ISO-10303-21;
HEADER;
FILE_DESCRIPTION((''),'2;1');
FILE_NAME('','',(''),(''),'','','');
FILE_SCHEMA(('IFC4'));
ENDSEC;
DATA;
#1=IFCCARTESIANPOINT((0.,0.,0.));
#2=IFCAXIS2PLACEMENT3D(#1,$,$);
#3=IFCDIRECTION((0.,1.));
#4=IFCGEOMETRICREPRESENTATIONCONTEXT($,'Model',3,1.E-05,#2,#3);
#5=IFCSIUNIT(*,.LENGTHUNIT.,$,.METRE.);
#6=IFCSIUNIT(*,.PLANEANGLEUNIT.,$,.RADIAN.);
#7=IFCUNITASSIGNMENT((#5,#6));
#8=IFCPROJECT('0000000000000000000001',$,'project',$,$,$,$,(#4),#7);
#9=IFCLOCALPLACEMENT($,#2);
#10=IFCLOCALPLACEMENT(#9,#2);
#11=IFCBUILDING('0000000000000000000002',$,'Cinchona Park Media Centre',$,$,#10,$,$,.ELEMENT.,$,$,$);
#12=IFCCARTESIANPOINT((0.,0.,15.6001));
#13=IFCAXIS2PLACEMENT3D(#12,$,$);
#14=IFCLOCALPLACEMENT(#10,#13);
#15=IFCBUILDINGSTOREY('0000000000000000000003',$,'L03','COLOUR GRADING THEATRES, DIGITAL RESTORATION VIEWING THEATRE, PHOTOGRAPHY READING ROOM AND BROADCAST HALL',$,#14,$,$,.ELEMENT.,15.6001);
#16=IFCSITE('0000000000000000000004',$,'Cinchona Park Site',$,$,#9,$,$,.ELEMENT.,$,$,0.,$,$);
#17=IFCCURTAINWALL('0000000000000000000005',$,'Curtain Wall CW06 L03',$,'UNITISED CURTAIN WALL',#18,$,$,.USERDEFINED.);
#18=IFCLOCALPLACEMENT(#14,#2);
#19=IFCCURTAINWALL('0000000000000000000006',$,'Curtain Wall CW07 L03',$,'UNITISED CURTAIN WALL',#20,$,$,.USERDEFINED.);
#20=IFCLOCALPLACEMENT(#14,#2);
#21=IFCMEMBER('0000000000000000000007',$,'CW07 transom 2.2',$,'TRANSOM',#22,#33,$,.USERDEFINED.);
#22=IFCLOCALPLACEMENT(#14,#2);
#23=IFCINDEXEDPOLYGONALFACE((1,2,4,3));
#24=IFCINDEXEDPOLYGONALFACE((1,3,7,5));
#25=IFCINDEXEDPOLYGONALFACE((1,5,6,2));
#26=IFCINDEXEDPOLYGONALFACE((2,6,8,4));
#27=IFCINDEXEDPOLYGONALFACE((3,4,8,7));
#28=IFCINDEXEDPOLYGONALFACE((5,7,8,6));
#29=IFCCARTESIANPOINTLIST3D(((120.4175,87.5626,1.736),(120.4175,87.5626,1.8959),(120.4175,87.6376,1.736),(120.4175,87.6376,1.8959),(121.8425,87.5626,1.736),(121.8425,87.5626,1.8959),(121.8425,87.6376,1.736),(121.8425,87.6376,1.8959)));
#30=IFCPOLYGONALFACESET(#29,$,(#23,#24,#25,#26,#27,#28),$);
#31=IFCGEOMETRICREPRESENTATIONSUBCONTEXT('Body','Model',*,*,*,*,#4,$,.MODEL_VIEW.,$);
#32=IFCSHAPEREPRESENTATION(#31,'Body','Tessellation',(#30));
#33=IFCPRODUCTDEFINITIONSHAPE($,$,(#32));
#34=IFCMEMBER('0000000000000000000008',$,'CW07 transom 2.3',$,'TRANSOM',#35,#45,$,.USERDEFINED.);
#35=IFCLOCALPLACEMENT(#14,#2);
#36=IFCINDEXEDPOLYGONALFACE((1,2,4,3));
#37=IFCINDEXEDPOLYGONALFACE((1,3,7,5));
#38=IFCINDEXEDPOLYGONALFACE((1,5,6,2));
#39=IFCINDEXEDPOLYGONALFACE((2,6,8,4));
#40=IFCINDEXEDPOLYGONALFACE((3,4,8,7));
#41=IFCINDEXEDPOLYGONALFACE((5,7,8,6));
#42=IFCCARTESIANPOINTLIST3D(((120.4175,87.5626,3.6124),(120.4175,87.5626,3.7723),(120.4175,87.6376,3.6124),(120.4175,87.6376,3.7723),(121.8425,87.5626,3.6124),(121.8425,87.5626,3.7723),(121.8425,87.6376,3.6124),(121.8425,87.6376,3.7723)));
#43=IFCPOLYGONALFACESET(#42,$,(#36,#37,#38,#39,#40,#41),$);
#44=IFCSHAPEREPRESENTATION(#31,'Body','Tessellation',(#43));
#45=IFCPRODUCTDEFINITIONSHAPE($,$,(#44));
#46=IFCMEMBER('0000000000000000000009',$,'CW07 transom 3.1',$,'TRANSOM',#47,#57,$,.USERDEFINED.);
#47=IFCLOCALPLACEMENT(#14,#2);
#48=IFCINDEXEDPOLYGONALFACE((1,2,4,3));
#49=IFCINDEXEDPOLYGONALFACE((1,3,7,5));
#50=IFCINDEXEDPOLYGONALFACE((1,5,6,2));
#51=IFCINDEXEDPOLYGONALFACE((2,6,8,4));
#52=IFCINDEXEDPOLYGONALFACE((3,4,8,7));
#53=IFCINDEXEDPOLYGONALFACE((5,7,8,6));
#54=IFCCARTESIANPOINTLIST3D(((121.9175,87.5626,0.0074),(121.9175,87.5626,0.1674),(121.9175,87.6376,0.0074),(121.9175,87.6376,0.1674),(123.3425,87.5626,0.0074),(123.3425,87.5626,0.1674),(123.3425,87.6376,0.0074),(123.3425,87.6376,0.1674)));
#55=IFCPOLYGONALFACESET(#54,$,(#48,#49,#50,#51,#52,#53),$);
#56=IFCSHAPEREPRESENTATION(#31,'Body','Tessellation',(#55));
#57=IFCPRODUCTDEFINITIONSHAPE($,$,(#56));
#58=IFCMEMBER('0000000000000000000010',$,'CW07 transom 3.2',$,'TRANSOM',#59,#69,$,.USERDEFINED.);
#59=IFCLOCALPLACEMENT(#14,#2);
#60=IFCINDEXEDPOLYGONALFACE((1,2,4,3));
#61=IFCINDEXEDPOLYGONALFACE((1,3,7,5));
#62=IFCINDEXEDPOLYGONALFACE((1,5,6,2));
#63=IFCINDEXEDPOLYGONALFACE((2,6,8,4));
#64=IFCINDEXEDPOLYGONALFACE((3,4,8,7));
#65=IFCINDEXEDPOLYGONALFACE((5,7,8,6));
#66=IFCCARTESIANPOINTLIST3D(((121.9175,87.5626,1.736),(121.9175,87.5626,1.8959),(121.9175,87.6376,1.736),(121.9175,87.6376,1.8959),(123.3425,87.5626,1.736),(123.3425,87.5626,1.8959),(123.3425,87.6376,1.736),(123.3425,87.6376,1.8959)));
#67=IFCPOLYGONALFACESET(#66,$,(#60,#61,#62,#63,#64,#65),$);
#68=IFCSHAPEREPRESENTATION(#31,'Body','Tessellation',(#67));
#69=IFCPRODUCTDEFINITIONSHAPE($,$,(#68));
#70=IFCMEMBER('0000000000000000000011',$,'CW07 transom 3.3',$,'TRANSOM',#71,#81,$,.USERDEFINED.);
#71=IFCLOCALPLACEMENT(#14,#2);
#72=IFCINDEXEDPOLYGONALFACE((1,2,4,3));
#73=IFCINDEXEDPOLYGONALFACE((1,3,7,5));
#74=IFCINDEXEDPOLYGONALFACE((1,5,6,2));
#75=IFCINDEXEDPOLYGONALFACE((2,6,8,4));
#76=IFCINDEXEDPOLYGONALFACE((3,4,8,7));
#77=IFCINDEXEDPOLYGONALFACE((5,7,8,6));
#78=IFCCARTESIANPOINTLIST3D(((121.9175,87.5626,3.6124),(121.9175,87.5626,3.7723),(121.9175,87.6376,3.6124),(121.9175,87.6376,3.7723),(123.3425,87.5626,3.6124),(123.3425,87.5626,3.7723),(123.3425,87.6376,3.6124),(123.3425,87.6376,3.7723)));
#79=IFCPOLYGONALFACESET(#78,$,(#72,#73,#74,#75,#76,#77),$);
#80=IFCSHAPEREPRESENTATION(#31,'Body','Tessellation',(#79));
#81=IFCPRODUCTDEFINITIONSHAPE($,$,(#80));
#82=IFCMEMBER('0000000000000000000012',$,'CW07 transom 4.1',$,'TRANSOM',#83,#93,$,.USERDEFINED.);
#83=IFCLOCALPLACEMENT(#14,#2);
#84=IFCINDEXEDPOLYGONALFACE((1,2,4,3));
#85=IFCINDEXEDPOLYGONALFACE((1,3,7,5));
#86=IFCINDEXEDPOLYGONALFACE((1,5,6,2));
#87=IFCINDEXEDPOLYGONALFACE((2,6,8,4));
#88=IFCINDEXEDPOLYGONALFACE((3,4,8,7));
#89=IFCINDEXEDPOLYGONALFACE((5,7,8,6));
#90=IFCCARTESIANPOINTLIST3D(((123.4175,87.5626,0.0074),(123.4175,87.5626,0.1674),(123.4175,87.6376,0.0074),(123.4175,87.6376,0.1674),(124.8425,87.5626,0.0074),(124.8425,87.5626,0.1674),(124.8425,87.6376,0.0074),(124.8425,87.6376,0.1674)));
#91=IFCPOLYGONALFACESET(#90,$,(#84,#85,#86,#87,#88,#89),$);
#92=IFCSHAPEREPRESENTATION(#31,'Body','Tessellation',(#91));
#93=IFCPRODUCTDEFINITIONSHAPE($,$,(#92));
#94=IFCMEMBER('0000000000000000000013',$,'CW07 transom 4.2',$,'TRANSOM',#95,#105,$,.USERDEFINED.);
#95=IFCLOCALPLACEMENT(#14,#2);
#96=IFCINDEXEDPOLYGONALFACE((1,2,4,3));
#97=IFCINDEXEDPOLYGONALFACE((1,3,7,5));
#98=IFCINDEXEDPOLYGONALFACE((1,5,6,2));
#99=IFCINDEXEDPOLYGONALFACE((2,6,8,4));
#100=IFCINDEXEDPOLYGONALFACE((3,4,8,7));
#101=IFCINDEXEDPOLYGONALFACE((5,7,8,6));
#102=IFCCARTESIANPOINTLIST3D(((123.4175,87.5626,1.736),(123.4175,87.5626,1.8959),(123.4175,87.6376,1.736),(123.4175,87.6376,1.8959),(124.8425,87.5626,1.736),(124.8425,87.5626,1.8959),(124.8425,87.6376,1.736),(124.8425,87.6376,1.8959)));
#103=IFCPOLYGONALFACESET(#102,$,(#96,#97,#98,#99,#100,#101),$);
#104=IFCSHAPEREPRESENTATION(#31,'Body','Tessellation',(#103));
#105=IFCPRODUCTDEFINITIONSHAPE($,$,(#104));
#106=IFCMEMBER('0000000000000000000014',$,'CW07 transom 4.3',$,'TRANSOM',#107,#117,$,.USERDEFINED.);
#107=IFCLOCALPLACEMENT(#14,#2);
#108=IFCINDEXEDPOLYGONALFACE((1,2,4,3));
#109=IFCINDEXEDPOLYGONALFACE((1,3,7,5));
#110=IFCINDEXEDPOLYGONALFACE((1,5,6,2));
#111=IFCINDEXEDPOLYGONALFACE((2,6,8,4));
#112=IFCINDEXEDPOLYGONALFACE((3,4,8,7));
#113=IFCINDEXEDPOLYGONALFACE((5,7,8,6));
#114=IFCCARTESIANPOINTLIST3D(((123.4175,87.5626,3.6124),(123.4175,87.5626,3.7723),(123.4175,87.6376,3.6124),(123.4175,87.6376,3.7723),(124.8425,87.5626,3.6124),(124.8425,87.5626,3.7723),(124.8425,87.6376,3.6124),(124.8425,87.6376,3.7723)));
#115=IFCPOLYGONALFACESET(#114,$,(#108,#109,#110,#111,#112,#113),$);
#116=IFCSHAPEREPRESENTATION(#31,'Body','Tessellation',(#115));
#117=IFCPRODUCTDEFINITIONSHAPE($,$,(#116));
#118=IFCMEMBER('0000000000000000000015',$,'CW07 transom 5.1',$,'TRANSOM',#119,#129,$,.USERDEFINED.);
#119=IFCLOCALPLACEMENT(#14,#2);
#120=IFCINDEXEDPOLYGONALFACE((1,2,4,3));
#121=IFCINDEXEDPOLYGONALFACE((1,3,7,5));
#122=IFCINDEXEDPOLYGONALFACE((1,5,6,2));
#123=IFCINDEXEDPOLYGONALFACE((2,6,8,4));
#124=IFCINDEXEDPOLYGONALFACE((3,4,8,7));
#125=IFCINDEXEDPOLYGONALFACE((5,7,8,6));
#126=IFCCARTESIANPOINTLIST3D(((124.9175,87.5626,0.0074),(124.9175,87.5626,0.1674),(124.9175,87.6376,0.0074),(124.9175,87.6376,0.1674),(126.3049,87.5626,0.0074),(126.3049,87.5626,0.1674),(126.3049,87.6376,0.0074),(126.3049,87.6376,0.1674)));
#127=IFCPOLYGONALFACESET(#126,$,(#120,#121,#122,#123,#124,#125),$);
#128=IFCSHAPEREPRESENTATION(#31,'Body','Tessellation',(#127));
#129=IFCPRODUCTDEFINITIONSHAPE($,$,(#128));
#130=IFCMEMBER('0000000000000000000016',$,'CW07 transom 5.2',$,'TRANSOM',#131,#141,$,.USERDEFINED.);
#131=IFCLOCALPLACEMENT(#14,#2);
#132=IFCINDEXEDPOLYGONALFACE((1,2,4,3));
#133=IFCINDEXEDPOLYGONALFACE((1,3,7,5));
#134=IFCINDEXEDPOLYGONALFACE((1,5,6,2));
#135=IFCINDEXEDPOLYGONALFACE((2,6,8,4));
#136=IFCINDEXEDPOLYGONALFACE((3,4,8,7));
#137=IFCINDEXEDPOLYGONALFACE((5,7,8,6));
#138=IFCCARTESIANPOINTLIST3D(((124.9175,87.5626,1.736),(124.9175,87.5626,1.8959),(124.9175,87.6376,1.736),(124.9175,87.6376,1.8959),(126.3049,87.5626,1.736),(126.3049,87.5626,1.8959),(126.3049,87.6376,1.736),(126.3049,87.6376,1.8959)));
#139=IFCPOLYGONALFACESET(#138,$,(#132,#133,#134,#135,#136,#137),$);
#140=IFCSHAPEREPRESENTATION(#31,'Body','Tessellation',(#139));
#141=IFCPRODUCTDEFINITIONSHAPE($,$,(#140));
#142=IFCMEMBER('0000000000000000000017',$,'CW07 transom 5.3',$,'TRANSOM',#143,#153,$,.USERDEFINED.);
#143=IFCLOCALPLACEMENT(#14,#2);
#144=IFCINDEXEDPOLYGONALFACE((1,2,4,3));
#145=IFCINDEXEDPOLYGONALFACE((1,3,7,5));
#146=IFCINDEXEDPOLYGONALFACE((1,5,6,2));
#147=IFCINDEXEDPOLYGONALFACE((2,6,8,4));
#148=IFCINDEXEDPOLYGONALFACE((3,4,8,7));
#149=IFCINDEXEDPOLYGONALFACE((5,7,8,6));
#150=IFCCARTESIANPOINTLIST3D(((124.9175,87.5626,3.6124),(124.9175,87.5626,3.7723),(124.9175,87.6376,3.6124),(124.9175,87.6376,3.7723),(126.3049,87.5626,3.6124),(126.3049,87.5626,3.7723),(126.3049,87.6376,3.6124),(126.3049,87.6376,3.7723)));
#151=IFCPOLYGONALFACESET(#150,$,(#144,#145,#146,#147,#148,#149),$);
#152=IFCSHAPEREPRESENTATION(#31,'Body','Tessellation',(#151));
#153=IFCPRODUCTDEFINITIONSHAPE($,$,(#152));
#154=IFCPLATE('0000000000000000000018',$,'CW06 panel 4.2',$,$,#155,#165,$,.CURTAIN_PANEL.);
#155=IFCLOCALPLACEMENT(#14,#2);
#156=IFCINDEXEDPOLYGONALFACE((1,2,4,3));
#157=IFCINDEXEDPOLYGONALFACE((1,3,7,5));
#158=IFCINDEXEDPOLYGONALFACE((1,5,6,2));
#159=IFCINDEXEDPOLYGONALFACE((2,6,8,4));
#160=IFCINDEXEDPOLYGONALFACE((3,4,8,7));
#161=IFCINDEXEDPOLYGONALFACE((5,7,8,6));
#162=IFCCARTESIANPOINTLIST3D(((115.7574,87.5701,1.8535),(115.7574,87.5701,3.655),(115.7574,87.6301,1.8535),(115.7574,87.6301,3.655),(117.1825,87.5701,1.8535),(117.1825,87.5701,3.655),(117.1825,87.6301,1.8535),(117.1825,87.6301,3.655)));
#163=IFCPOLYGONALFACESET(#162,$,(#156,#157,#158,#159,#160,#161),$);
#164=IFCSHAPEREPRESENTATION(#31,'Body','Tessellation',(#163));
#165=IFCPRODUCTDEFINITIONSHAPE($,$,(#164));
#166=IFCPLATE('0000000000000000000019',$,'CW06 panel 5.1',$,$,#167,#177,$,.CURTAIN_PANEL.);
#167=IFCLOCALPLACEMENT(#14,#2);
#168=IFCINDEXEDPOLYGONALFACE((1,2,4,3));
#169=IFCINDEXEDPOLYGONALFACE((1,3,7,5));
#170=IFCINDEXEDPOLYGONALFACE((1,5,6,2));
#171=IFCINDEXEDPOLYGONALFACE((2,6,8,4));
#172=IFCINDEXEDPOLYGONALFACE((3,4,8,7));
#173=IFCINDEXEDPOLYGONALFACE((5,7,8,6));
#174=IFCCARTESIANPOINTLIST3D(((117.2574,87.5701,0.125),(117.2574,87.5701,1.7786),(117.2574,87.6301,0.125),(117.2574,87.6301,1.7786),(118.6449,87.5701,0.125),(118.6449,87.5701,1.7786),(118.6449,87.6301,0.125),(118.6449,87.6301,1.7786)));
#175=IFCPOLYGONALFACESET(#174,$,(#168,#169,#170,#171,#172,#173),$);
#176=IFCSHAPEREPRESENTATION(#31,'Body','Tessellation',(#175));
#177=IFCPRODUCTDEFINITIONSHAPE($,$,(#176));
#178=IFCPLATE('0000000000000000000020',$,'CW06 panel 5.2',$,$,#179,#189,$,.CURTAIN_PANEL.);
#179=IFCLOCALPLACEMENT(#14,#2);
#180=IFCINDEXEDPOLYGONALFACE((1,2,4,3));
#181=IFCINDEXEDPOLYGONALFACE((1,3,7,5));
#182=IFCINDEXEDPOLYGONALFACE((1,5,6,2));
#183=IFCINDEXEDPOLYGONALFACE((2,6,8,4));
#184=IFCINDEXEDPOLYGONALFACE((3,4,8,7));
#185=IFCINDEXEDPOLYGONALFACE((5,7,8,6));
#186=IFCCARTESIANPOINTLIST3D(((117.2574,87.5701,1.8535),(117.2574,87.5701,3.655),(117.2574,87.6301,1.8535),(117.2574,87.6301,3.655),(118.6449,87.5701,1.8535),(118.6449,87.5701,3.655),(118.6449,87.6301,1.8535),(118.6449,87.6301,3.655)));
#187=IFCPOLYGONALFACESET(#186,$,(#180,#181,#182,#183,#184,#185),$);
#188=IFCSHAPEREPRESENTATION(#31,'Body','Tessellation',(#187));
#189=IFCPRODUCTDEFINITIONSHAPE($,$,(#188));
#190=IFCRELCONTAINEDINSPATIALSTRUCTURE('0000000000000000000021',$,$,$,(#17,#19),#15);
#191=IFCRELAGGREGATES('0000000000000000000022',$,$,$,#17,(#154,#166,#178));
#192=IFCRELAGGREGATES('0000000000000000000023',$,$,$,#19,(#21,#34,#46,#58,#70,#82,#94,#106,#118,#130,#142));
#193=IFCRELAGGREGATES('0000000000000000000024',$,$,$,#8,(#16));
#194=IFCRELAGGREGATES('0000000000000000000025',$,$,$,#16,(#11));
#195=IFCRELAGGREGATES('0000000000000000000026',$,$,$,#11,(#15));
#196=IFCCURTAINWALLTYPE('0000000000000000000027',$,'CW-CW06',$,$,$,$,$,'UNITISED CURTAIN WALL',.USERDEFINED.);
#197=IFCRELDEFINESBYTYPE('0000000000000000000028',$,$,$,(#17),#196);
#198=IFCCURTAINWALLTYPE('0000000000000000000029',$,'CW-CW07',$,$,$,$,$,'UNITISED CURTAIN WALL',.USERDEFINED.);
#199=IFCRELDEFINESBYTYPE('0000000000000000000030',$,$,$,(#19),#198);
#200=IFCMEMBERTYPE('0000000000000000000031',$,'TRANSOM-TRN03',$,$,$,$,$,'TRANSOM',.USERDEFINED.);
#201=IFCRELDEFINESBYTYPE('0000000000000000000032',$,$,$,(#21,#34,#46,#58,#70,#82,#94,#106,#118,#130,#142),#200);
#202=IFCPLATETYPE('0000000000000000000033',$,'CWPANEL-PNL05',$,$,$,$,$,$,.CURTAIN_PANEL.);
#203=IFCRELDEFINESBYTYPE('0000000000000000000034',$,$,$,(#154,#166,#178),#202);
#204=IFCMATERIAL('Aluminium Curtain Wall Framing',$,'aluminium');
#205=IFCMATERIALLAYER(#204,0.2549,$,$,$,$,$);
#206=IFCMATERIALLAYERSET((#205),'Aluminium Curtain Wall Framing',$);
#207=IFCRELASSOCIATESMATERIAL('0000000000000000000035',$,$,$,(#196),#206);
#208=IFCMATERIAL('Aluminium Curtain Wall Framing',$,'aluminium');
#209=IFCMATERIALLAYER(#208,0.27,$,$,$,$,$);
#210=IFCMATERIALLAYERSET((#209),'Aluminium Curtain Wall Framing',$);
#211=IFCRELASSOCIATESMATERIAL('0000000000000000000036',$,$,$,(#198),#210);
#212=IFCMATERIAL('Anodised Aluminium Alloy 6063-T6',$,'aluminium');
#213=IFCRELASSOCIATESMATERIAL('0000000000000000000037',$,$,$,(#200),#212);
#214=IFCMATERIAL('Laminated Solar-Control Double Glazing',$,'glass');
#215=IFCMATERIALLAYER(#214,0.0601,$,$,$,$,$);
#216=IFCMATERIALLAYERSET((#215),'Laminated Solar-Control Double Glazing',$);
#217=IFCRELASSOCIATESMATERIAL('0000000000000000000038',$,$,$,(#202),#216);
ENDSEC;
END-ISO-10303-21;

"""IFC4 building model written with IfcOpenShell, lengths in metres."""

from ifc_helpers import new_model, si_unit, direction, frame, origin, origin_2d, place, context, subcontext, project, spatial, rectangle, extrude, material, layer, layer_set, material_profile, profile_set, type_object, element, aggregate, save


model = new_model("IFC4")

# Units and contexts
model_context = context("Model", 3, precision=1e-05, world=origin(), true_north=direction((0.0, 1.0)))
body_context = subcontext(model_context, "Body", "Model", "MODEL_VIEW")
ifc_project = project(units=[si_unit("LENGTHUNIT", "METRE"), si_unit("PLANEANGLEUNIT", "RADIAN")], contexts=[model_context])

# Site, building, storey
site_placement = place(None, origin())
site = spatial("IfcSite", under=ifc_project, at=site_placement, Name="Cinchona Park Site", CompositionType="ELEMENT", RefElevation=0.0)
building_placement = place(site_placement, origin())
building = spatial("IfcBuilding", under=site, at=building_placement, Name="Cinchona Park Media Centre", CompositionType="ELEMENT")
storey_placement = place(building_placement, frame((0.0, 0.0, 15.6001)))
storey = spatial("IfcBuildingStorey", under=building, at=storey_placement, Name="L03", Description="COLOUR GRADING THEATRES, DIGITAL RESTORATION VIEWING THEATRE, PHOTOGRAPHY READING ROOM AND BROADCAST HALL", CompositionType="ELEMENT", Elevation=15.6001)

# Curtain walls
ifc_material_1 = material(Name="Aluminium Curtain Wall Framing", Category="aluminium")
ifc_layer_1 = layer(ifc_material_1, 0.2549)
ifc_layer_set_1 = layer_set([ifc_layer_1], Name="Aluminium Curtain Wall Framing")
curtain_wall_type_1 = type_object("IfcCurtainWallType", Name="CW-CW06", ElementType="UNITISED CURTAIN WALL", PredefinedType="USERDEFINED", material=ifc_layer_set_1)
curtain_wall_1_placement = place(storey_placement, origin())
curtain_wall_1 = element("IfcCurtainWall", 1, at=curtain_wall_1_placement, inside=storey, type_object=curtain_wall_type_1, Name="Curtain Wall CW06 L03", ObjectType="UNITISED CURTAIN WALL", PredefinedType="USERDEFINED")
ifc_material_2 = material(Name="Aluminium Curtain Wall Framing", Category="aluminium")
ifc_layer_2 = layer(ifc_material_2, 0.27)
ifc_layer_set_2 = layer_set([ifc_layer_2], Name="Aluminium Curtain Wall Framing")
curtain_wall_type_2 = type_object("IfcCurtainWallType", Name="CW-CW07", ElementType="UNITISED CURTAIN WALL", PredefinedType="USERDEFINED", material=ifc_layer_set_2)
curtain_wall_2_placement = place(storey_placement, origin())
curtain_wall_2 = element("IfcCurtainWall", 2, at=curtain_wall_2_placement, inside=storey, type_object=curtain_wall_type_2, Name="Curtain Wall CW07 L03", ObjectType="UNITISED CURTAIN WALL", PredefinedType="USERDEFINED")

# Members
ifc_material_3 = material(Name="Anodised Aluminium Alloy 6063-T6", Category="aluminium")
ifc_material_profile_1 = material_profile(ifc_material_3, rectangle(XDim=0.075, YDim=0.1599, at=origin_2d()), Name="TRN-75X160")
ifc_profile_set_1 = profile_set([ifc_material_profile_1], Name="Anodised Aluminium Alloy 6063-T6")
member_type_1 = type_object("IfcMemberType", Name="TRANSOM-TRN03", ElementType="TRANSOM", PredefinedType="USERDEFINED", material=ifc_profile_set_1)
member_1_placement = place(storey_placement, frame((120.4175, 87.6001, 1.8159), z_axis=(1.0, 0.0, 0.0), x_axis=(0.0, 1.0, 0.0)))
member_1 = element("IfcMember", 3, at=member_1_placement, type_object=member_type_1, Name="CW07 transom 2.2", ObjectType="TRANSOM", PredefinedType="USERDEFINED", context=body_context, shape_type="SweptSolid", body=[
    extrude(rectangle(XDim=0.075, YDim=0.1599, at=origin_2d()), origin(), (0.0, 0.0, 1.0), 1.425),
])
member_2_placement = place(storey_placement, frame((120.4175, 87.6001, 3.6924), z_axis=(1.0, 0.0, 0.0), x_axis=(0.0, 1.0, 0.0)))
member_2 = element("IfcMember", 4, at=member_2_placement, type_object=member_type_1, Name="CW07 transom 2.3", ObjectType="TRANSOM", PredefinedType="USERDEFINED", context=body_context, shape_type="SweptSolid", body=[
    extrude(rectangle(XDim=0.075, YDim=0.1599, at=origin_2d()), origin(), (0.0, 0.0, 1.0), 1.425),
])
member_3_placement = place(storey_placement, frame((121.9175, 87.6001, 0.0874), z_axis=(1.0, 0.0, 0.0), x_axis=(0.0, 1.0, 0.0)))
member_3 = element("IfcMember", 5, at=member_3_placement, type_object=member_type_1, Name="CW07 transom 3.1", ObjectType="TRANSOM", PredefinedType="USERDEFINED", context=body_context, shape_type="SweptSolid", body=[
    extrude(rectangle(XDim=0.075, YDim=0.1599, at=origin_2d()), origin(), (0.0, 0.0, 1.0), 1.425),
])
member_4_placement = place(storey_placement, frame((121.9175, 87.6001, 1.8159), z_axis=(1.0, 0.0, 0.0), x_axis=(0.0, 1.0, 0.0)))
member_4 = element("IfcMember", 6, at=member_4_placement, type_object=member_type_1, Name="CW07 transom 3.2", ObjectType="TRANSOM", PredefinedType="USERDEFINED", context=body_context, shape_type="SweptSolid", body=[
    extrude(rectangle(XDim=0.075, YDim=0.1599, at=origin_2d()), origin(), (0.0, 0.0, 1.0), 1.425),
])
member_5_placement = place(storey_placement, frame((121.9175, 87.6001, 3.6924), z_axis=(1.0, 0.0, 0.0), x_axis=(0.0, 1.0, 0.0)))
member_5 = element("IfcMember", 7, at=member_5_placement, type_object=member_type_1, Name="CW07 transom 3.3", ObjectType="TRANSOM", PredefinedType="USERDEFINED", context=body_context, shape_type="SweptSolid", body=[
    extrude(rectangle(XDim=0.075, YDim=0.1599, at=origin_2d()), origin(), (0.0, 0.0, 1.0), 1.425),
])
member_6_placement = place(storey_placement, frame((123.4175, 87.6001, 0.0874), z_axis=(1.0, 0.0, 0.0), x_axis=(0.0, 1.0, 0.0)))
member_6 = element("IfcMember", 8, at=member_6_placement, type_object=member_type_1, Name="CW07 transom 4.1", ObjectType="TRANSOM", PredefinedType="USERDEFINED", context=body_context, shape_type="SweptSolid", body=[
    extrude(rectangle(XDim=0.075, YDim=0.1599, at=origin_2d()), origin(), (0.0, 0.0, 1.0), 1.425),
])
member_7_placement = place(storey_placement, frame((123.4175, 87.6001, 1.8159), z_axis=(1.0, 0.0, 0.0), x_axis=(0.0, 1.0, 0.0)))
member_7 = element("IfcMember", 9, at=member_7_placement, type_object=member_type_1, Name="CW07 transom 4.2", ObjectType="TRANSOM", PredefinedType="USERDEFINED", context=body_context, shape_type="SweptSolid", body=[
    extrude(rectangle(XDim=0.075, YDim=0.1599, at=origin_2d()), origin(), (0.0, 0.0, 1.0), 1.425),
])
member_8_placement = place(storey_placement, frame((123.4175, 87.6001, 3.6924), z_axis=(1.0, 0.0, 0.0), x_axis=(0.0, 1.0, 0.0)))
member_8 = element("IfcMember", 10, at=member_8_placement, type_object=member_type_1, Name="CW07 transom 4.3", ObjectType="TRANSOM", PredefinedType="USERDEFINED", context=body_context, shape_type="SweptSolid", body=[
    extrude(rectangle(XDim=0.075, YDim=0.1599, at=origin_2d()), origin(), (0.0, 0.0, 1.0), 1.425),
])
member_9_placement = place(storey_placement, frame((124.9175, 87.6001, 0.0874), z_axis=(1.0, 0.0, 0.0), x_axis=(0.0, 1.0, 0.0)))
member_9 = element("IfcMember", 11, at=member_9_placement, type_object=member_type_1, Name="CW07 transom 5.1", ObjectType="TRANSOM", PredefinedType="USERDEFINED", context=body_context, shape_type="SweptSolid", body=[
    extrude(rectangle(XDim=0.075, YDim=0.1599, at=origin_2d()), origin(), (0.0, 0.0, 1.0), 1.3875),
])
member_10_placement = place(storey_placement, frame((124.9175, 87.6001, 1.8159), z_axis=(1.0, 0.0, 0.0), x_axis=(0.0, 1.0, 0.0)))
member_10 = element("IfcMember", 12, at=member_10_placement, type_object=member_type_1, Name="CW07 transom 5.2", ObjectType="TRANSOM", PredefinedType="USERDEFINED", context=body_context, shape_type="SweptSolid", body=[
    extrude(rectangle(XDim=0.075, YDim=0.1599, at=origin_2d()), origin(), (0.0, 0.0, 1.0), 1.3875),
])
member_11_placement = place(storey_placement, frame((124.9175, 87.6001, 3.6924), z_axis=(1.0, 0.0, 0.0), x_axis=(0.0, 1.0, 0.0)))
member_11 = element("IfcMember", 13, at=member_11_placement, type_object=member_type_1, Name="CW07 transom 5.3", ObjectType="TRANSOM", PredefinedType="USERDEFINED", context=body_context, shape_type="SweptSolid", body=[
    extrude(rectangle(XDim=0.075, YDim=0.1599, at=origin_2d()), origin(), (0.0, 0.0, 1.0), 1.3875),
])

# Plates
ifc_material_4 = material(Name="Laminated Solar-Control Double Glazing", Category="glass")
ifc_layer_3 = layer(ifc_material_4, 0.0601)
ifc_layer_set_3 = layer_set([ifc_layer_3], Name="Laminated Solar-Control Double Glazing")
plate_type_1 = type_object("IfcPlateType", Name="CWPANEL-PNL05", PredefinedType="CURTAIN_PANEL", material=ifc_layer_set_3)
plate_1_placement = place(storey_placement, frame((116.47, 87.6001, 1.8535), z_axis=(0.0, 0.0, 1.0), x_axis=(1.0, 0.0, 0.0)))
plate_1 = element("IfcPlate", 14, at=plate_1_placement, type_object=plate_type_1, Name="CW06 panel 4.2", PredefinedType="CURTAIN_PANEL", context=body_context, shape_type="SweptSolid", body=[
    extrude(rectangle(XDim=1.425, YDim=0.0601, at=origin_2d()), origin(), (0.0, 0.0, 1.0), 1.8015),
])
plate_2_placement = place(storey_placement, frame((117.9512, 87.6001, 0.125), z_axis=(0.0, 0.0, 1.0), x_axis=(1.0, 0.0, 0.0)))
plate_2 = element("IfcPlate", 15, at=plate_2_placement, type_object=plate_type_1, Name="CW06 panel 5.1", PredefinedType="CURTAIN_PANEL", context=body_context, shape_type="SweptSolid", body=[
    extrude(rectangle(XDim=1.3875, YDim=0.0601, at=origin_2d()), origin(), (0.0, 0.0, 1.0), 1.6536),
])
plate_3_placement = place(storey_placement, frame((117.9512, 87.6001, 1.8535), z_axis=(0.0, 0.0, 1.0), x_axis=(1.0, 0.0, 0.0)))
plate_3 = element("IfcPlate", 16, at=plate_3_placement, type_object=plate_type_1, Name="CW06 panel 5.2", PredefinedType="CURTAIN_PANEL", context=body_context, shape_type="SweptSolid", body=[
    extrude(rectangle(XDim=1.3875, YDim=0.0601, at=origin_2d()), origin(), (0.0, 0.0, 1.0), 1.8015),
])
aggregate(curtain_wall_1, [plate_1, plate_2, plate_3])
aggregate(curtain_wall_2, [member_1, member_2, member_3, member_4, member_5, member_6, member_7, member_8, member_9, member_10, member_11])

save(model, "model.ifc")
